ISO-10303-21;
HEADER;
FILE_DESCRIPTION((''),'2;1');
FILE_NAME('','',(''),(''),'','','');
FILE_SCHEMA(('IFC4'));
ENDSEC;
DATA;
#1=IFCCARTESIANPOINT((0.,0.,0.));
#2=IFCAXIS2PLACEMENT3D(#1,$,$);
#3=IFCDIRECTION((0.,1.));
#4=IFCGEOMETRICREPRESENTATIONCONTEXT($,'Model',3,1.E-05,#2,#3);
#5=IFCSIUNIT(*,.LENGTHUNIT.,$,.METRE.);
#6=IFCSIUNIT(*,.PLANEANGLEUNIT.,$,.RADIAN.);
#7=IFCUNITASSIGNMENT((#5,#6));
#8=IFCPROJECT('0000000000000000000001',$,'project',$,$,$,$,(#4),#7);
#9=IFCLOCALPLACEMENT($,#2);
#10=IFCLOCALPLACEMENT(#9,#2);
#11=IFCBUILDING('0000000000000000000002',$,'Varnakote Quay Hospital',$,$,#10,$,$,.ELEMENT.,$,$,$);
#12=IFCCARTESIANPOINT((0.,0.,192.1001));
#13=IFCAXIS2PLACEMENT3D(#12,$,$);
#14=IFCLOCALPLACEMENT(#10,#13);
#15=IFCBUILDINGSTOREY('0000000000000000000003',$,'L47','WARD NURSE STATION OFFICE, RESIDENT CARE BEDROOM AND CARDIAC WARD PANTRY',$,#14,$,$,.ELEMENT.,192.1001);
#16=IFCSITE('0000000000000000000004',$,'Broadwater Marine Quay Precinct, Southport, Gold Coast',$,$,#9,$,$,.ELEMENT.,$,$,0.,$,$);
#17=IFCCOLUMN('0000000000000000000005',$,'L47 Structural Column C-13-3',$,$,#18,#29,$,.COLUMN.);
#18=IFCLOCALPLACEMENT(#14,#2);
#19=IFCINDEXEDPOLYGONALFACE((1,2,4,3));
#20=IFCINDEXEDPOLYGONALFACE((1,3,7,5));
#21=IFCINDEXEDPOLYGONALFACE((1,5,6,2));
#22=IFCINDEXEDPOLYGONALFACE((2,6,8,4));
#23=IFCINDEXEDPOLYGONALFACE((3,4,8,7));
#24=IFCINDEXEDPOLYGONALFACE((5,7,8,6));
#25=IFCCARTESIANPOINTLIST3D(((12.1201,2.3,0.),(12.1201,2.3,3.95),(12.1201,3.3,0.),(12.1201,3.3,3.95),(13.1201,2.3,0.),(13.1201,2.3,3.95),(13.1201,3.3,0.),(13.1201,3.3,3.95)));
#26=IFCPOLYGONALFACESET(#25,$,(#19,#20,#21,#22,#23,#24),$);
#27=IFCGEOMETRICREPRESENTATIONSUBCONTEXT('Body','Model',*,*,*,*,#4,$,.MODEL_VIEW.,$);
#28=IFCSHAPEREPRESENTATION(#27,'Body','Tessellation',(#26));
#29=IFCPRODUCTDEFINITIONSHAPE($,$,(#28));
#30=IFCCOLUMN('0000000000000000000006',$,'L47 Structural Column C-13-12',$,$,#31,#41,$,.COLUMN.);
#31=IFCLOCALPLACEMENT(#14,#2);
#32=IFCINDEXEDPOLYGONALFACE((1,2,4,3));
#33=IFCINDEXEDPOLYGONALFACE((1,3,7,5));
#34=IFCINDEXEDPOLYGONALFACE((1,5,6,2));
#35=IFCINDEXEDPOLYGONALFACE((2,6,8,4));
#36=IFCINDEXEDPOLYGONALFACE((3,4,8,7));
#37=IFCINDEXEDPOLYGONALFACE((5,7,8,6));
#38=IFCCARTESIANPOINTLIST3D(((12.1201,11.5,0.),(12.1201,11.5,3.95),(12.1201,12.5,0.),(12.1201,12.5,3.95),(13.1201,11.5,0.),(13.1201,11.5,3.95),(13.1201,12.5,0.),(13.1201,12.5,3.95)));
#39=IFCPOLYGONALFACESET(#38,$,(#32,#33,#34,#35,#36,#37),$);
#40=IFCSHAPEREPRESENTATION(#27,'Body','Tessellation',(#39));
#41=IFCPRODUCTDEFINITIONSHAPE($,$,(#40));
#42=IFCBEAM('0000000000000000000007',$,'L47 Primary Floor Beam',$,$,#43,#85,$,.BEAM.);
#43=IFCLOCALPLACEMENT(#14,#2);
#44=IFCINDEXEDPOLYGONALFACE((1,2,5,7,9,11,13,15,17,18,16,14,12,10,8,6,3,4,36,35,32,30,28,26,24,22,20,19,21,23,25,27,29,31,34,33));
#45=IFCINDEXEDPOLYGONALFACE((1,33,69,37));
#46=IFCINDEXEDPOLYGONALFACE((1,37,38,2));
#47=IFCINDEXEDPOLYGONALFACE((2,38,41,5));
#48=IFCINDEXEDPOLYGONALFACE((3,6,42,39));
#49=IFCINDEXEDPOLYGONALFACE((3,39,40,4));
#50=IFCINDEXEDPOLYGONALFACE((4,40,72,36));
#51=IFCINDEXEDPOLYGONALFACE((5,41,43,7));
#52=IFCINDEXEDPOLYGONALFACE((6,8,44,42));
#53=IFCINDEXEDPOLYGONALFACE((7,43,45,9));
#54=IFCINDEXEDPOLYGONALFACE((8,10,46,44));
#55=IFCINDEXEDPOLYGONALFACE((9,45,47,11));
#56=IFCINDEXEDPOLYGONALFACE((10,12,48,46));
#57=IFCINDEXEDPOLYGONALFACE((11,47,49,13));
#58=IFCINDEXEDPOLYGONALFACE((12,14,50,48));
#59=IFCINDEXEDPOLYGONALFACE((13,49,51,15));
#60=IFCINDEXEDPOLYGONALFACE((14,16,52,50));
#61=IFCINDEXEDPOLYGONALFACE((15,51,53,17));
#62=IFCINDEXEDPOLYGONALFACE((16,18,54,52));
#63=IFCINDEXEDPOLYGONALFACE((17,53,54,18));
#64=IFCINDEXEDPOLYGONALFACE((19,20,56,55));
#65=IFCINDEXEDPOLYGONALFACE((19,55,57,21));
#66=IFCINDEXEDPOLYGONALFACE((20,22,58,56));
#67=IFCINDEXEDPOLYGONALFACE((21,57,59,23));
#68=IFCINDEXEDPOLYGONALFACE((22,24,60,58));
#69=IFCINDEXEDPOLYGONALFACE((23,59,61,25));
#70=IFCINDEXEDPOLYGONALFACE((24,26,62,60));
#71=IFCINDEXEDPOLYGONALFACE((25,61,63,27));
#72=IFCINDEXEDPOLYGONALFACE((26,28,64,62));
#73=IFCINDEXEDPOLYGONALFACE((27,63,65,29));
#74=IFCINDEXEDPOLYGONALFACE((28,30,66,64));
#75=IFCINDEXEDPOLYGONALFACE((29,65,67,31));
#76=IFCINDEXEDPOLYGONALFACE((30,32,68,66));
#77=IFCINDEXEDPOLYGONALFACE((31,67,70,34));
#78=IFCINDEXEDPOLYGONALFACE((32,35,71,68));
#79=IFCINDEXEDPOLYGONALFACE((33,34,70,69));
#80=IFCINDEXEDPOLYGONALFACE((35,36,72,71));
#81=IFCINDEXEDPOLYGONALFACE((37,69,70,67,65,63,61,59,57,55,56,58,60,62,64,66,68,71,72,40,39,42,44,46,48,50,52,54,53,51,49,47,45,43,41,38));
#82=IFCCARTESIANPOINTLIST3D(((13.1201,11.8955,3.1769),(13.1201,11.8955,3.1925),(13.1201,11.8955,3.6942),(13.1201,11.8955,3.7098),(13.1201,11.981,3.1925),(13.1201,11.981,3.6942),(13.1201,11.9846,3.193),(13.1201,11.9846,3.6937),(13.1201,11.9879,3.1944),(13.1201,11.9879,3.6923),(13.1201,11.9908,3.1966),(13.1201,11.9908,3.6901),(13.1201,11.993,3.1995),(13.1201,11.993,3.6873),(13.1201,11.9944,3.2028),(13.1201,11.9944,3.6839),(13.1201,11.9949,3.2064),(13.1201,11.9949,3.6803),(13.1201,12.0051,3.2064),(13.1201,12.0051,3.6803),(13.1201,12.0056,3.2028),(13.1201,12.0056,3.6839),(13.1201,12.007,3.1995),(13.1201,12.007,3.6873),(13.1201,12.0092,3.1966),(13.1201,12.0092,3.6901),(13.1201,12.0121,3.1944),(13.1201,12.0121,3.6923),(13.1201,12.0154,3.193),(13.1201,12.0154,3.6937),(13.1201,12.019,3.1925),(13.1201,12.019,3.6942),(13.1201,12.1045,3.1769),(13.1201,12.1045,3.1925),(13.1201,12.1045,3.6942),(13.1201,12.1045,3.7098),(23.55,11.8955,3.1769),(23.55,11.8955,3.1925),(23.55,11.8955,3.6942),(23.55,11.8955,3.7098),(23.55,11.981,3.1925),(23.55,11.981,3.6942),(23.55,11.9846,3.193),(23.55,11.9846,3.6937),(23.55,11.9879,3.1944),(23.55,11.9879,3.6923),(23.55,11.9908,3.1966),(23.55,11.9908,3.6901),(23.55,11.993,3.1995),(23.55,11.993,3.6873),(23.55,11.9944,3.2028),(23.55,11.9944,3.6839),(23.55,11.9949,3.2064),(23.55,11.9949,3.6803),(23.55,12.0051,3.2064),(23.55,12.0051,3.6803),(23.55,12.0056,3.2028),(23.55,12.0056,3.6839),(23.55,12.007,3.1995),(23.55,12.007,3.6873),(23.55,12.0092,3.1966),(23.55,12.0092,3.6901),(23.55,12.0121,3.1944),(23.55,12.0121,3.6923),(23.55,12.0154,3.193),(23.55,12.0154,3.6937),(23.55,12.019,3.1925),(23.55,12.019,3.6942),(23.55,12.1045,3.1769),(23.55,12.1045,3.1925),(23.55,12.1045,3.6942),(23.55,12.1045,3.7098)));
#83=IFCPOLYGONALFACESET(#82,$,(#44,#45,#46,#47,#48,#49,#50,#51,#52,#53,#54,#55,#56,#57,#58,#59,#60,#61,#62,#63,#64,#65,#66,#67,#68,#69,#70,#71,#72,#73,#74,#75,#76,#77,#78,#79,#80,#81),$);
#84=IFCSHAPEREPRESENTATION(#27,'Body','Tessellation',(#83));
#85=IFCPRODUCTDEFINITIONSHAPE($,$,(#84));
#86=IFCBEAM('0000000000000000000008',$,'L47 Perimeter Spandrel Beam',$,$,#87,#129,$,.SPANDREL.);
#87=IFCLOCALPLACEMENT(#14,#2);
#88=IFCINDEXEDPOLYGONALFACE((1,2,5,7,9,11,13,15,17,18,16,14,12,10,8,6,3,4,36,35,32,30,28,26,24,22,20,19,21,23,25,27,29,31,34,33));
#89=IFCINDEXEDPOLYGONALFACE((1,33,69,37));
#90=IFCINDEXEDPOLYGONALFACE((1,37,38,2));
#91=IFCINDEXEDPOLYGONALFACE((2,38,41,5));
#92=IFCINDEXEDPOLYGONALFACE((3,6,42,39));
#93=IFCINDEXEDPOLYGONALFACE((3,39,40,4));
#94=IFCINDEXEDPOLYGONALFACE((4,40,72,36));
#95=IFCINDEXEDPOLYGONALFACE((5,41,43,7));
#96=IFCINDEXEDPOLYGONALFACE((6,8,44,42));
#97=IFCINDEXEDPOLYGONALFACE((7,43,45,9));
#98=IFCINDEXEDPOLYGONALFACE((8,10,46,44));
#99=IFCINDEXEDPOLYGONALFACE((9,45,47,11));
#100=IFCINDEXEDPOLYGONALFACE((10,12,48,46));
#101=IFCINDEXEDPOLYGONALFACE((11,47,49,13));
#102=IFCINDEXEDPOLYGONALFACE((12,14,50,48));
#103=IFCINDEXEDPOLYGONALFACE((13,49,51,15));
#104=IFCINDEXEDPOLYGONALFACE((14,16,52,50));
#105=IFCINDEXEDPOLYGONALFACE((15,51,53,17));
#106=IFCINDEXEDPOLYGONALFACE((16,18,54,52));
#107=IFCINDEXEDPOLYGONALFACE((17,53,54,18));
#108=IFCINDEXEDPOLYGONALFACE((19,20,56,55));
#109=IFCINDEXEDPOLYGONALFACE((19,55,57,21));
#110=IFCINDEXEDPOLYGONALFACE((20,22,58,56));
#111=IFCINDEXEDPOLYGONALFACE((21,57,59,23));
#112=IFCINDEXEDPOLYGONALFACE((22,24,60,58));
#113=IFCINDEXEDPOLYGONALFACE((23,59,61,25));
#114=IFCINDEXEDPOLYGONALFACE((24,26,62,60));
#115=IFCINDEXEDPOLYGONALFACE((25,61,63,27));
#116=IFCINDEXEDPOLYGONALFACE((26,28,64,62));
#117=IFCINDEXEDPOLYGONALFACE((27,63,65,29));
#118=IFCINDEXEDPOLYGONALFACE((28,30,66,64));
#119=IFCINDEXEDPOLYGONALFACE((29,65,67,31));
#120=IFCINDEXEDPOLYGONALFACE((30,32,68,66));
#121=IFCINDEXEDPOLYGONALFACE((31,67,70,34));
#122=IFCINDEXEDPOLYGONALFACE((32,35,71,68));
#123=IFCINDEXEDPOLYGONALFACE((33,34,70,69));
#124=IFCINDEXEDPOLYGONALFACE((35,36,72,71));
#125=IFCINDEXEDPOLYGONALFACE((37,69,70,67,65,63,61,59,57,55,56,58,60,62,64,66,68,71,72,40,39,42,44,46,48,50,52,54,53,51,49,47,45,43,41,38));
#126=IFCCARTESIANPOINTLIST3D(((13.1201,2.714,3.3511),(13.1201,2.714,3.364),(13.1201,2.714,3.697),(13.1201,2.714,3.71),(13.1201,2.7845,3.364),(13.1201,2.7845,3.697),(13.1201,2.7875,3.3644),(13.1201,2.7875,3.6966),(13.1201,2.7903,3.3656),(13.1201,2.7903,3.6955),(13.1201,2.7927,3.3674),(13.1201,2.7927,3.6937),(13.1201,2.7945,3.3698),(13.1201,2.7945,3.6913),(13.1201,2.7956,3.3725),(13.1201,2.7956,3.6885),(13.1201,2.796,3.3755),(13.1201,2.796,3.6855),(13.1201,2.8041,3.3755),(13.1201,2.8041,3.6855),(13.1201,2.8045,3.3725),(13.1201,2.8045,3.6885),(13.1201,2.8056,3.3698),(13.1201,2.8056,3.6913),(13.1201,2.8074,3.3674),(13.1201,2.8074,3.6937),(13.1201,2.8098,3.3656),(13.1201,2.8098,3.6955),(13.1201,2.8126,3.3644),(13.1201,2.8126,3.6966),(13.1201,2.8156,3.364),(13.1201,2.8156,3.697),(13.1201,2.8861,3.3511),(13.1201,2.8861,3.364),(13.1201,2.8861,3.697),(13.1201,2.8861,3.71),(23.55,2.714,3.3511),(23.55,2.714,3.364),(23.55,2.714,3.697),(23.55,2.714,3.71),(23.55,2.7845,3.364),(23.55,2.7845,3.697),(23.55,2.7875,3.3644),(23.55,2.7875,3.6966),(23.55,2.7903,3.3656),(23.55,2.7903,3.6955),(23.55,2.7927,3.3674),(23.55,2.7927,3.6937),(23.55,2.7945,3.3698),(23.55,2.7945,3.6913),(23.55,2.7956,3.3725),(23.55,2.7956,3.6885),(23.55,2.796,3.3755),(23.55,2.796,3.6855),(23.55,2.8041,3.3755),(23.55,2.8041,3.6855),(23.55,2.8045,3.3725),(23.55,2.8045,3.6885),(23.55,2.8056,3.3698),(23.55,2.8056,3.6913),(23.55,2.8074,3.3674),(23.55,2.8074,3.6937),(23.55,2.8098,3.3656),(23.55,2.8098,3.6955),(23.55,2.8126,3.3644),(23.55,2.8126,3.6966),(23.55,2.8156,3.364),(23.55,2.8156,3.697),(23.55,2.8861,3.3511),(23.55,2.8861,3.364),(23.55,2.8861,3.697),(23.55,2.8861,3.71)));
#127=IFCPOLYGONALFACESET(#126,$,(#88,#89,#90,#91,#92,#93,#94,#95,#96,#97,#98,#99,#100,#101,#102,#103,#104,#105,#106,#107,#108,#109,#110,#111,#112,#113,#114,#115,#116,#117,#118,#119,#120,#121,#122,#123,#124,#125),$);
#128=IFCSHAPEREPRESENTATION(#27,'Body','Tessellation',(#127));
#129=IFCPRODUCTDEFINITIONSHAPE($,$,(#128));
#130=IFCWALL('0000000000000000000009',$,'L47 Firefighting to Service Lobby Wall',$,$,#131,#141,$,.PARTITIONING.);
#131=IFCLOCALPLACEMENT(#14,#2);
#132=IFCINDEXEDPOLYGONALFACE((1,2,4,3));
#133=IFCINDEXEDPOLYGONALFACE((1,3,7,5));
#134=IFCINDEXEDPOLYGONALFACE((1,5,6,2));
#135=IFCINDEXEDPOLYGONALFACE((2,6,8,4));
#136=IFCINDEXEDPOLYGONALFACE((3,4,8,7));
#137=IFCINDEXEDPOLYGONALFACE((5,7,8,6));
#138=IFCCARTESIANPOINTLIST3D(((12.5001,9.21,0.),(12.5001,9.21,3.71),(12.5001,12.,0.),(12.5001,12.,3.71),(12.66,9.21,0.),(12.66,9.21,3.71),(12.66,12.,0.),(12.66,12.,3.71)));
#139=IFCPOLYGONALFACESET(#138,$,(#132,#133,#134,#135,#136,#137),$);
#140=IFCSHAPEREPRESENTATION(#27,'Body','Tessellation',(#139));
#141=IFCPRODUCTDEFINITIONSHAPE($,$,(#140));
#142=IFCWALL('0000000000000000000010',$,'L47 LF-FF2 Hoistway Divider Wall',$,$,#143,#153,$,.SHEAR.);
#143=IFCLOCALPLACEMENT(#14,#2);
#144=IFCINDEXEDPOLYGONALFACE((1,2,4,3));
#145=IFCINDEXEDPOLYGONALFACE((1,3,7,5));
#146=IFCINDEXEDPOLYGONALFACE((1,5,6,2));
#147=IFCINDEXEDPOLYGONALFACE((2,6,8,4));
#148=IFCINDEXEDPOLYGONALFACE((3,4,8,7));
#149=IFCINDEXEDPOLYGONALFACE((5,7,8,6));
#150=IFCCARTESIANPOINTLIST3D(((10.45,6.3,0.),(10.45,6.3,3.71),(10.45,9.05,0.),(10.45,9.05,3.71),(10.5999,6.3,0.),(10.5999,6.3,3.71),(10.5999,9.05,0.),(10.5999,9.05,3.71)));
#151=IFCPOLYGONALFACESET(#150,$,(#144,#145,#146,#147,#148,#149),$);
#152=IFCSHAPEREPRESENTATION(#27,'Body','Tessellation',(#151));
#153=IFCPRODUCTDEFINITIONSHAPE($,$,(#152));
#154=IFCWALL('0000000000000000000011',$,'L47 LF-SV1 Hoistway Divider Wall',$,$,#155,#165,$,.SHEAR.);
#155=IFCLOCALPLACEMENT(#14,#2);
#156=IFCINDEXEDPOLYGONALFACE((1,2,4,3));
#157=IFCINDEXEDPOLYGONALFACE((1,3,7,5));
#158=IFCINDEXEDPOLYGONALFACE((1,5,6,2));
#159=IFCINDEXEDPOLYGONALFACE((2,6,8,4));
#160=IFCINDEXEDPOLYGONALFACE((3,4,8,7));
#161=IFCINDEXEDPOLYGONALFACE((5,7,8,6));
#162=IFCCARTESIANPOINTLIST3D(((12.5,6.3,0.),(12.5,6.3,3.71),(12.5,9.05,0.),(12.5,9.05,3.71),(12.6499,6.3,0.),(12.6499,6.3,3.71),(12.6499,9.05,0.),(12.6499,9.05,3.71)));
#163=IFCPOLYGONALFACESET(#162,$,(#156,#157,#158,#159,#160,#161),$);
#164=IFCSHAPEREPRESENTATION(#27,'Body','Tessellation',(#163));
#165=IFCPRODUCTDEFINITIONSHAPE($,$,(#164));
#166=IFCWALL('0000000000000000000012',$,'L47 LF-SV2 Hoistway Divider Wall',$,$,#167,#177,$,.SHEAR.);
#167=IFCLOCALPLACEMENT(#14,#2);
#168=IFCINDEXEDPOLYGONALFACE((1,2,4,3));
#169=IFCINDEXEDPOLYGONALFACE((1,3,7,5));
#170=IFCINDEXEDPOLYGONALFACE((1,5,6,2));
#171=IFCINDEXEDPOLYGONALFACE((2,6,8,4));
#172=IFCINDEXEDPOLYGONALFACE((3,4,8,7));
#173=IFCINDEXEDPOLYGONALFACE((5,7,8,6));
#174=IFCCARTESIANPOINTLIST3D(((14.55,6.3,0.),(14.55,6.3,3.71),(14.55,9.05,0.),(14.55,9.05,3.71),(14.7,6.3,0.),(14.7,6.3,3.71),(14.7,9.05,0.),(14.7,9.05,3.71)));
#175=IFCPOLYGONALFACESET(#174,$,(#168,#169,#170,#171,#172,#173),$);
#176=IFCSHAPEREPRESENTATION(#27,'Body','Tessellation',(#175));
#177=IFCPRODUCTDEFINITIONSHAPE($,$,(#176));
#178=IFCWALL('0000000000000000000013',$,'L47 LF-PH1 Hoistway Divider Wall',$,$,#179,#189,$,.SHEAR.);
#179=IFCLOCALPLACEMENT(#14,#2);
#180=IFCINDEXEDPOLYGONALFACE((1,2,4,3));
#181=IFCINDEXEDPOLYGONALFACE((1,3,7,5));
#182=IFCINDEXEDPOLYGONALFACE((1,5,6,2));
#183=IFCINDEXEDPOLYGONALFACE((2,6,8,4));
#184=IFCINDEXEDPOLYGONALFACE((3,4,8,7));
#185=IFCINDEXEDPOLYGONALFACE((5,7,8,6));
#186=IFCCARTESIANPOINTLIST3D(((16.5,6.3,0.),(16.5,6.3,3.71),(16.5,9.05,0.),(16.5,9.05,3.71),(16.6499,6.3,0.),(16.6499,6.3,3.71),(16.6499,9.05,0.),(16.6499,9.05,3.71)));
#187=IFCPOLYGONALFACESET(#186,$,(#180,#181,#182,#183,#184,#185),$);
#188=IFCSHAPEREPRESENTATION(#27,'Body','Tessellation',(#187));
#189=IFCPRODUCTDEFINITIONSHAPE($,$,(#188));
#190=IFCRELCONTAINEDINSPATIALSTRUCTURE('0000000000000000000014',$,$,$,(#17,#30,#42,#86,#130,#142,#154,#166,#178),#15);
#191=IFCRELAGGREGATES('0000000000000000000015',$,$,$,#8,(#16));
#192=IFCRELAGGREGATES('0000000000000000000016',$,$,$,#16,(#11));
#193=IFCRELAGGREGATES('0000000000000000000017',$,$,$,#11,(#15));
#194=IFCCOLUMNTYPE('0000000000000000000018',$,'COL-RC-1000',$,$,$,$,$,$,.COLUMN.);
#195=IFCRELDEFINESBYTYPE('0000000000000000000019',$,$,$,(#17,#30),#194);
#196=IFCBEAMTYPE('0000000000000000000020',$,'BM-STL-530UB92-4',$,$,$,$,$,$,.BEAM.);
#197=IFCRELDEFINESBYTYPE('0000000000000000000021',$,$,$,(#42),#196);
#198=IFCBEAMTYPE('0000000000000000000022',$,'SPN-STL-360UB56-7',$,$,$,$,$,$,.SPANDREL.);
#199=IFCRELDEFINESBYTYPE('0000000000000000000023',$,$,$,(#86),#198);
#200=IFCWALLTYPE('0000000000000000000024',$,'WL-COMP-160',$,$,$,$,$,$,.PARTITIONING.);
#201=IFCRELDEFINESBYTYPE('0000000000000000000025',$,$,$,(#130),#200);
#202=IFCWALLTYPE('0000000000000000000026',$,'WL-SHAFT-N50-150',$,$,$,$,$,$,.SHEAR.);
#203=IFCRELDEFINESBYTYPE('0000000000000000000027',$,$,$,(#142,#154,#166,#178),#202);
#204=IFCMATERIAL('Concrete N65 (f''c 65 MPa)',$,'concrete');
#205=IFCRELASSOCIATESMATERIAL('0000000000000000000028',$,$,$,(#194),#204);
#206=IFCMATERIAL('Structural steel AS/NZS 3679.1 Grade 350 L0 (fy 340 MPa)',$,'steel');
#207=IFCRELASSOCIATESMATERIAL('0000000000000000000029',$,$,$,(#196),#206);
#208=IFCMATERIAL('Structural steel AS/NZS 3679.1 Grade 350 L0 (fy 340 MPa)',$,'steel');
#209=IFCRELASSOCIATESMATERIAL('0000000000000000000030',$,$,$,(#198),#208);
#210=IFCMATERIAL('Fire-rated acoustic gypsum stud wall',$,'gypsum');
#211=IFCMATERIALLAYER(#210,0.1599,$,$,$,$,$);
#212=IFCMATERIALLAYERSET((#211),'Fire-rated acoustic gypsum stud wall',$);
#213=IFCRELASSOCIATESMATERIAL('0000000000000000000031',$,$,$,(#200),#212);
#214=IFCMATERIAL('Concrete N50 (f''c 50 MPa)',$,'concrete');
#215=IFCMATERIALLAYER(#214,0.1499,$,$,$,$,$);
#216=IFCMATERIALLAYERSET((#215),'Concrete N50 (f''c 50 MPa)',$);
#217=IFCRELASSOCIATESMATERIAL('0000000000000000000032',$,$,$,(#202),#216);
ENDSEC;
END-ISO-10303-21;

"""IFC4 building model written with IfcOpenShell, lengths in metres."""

from ifc_helpers import new_model, si_unit, direction, frame, frame_2d, origin, origin_2d, place, context, subcontext, project, spatial, rectangle, i_section, extrude, material, layer, layer_set, material_profile, profile_set, type_object, element, save


model = new_model("IFC4")

# Units and contexts
model_context = context("Model", 3, precision=1e-05, world=origin(), true_north=direction((0.0, 1.0)))
body_context = subcontext(model_context, "Body", "Model", "MODEL_VIEW")
ifc_project = project(units=[si_unit("LENGTHUNIT", "METRE"), si_unit("PLANEANGLEUNIT", "RADIAN")], contexts=[model_context])

# Site, building, storey
site_placement = place(None, origin())
site = spatial("IfcSite", under=ifc_project, at=site_placement, Name="Broadwater Marine Quay Precinct, Southport, Gold Coast", CompositionType="ELEMENT", RefElevation=0.0)
building_placement = place(site_placement, origin())
building = spatial("IfcBuilding", under=site, at=building_placement, Name="Varnakote Quay Hospital", CompositionType="ELEMENT")
storey_placement = place(building_placement, frame((0.0, 0.0, 192.1001)))
storey = spatial("IfcBuildingStorey", under=building, at=storey_placement, Name="L47", Description="WARD NURSE STATION OFFICE, RESIDENT CARE BEDROOM AND CARDIAC WARD PANTRY", CompositionType="ELEMENT", Elevation=192.1001)

# Columns
ifc_material_1 = material(Name="Concrete N65 (f'c 65 MPa)", Category="concrete")
ifc_material_profile_1 = material_profile(ifc_material_1, rectangle(XDim=1.0, YDim=1.0, at=origin_2d()), Name="RC-COL-1000x1000")
ifc_profile_set_1 = profile_set([ifc_material_profile_1], Name="Concrete N65 (f'c 65 MPa)")
column_type = type_object("IfcColumnType", Name="COL-RC-1000", PredefinedType="COLUMN", material=ifc_profile_set_1)
for number, where, z_axis, x_axis, name in (
    (1, (12.6201, 2.8, 0.0), (0.0, 0.0, 1.0), (1.0, 0.0, 0.0), "L47 Structural Column C-13-3"),
    (2, (12.6201, 12.0, 0.0), (0.0, 0.0, 1.0), (1.0, 0.0, 0.0), "L47 Structural Column C-13-12"),
):
    element("IfcColumn", number, at=place(storey_placement, frame(where, z_axis=z_axis, x_axis=x_axis)), inside=storey, type_object=column_type, Name=name, PredefinedType="COLUMN", context=body_context, shape_type="SweptSolid", body=[
        extrude(rectangle(XDim=1.0, YDim=1.0, at=origin_2d()), origin(), (0.0, 0.0, 1.0), 3.95),
    ])

# Beams
ifc_material_2 = material(Name="Structural steel AS/NZS 3679.1 Grade 350 L0 (fy 340 MPa)", Category="steel")
ifc_material_profile_2 = material_profile(ifc_material_2, i_section(OverallWidth=0.209, OverallDepth=0.533, WebThickness=0.0103, FlangeThickness=0.0156, FilletRadius=0.0139, at=origin_2d()), Name="530UB92.4")
ifc_profile_set_2 = profile_set([ifc_material_profile_2], Name="Structural steel AS/NZS 3679.1 Grade 350 L0 (fy 340 MPa)")
beam_type_1 = type_object("IfcBeamType", Name="BM-STL-530UB92-4", PredefinedType="BEAM", material=ifc_profile_set_2)
beam_1_placement = place(storey_placement, frame((13.1201, 12.0, 3.4434), z_axis=(1.0, 0.0, 0.0), x_axis=(0.0, 1.0, 0.0)))
element("IfcBeam", 3, at=beam_1_placement, inside=storey, type_object=beam_type_1, Name="L47 Primary Floor Beam", PredefinedType="BEAM", context=body_context, shape_type="SweptSolid", body=[
    extrude(i_section(OverallWidth=0.209, OverallDepth=0.533, WebThickness=0.0103, FlangeThickness=0.0156, FilletRadius=0.0139, at=origin_2d()), origin(), (0.0, 0.0, 1.0), 10.4299),
])
ifc_material_3 = material(Name="Structural steel AS/NZS 3679.1 Grade 350 L0 (fy 340 MPa)", Category="steel")
ifc_material_profile_3 = material_profile(ifc_material_3, i_section(OverallWidth=0.1721, OverallDepth=0.3589, WebThickness=0.0081, FlangeThickness=0.0129, FilletRadius=0.0115, at=origin_2d()), Name="360UB56.7")
ifc_profile_set_3 = profile_set([ifc_material_profile_3], Name="Structural steel AS/NZS 3679.1 Grade 350 L0 (fy 340 MPa)")
beam_type_2 = type_object("IfcBeamType", Name="SPN-STL-360UB56-7", PredefinedType="SPANDREL", material=ifc_profile_set_3)
beam_2_placement = place(storey_placement, frame((13.1201, 2.8, 3.5305), z_axis=(1.0, 0.0, 0.0), x_axis=(0.0, 1.0, 0.0)))
element("IfcBeam", 4, at=beam_2_placement, inside=storey, type_object=beam_type_2, Name="L47 Perimeter Spandrel Beam", PredefinedType="SPANDREL", context=body_context, shape_type="SweptSolid", body=[
    extrude(i_section(OverallWidth=0.1721, OverallDepth=0.3589, WebThickness=0.0081, FlangeThickness=0.0129, FilletRadius=0.0115, at=origin_2d()), origin(), (0.0, 0.0, 1.0), 10.4299),
])

# Walls
ifc_material_4 = material(Name="Fire-rated acoustic gypsum stud wall", Category="gypsum")
ifc_layer_1 = layer(ifc_material_4, 0.1599)
ifc_layer_set_1 = layer_set([ifc_layer_1], Name="Fire-rated acoustic gypsum stud wall")
wall_type_1 = type_object("IfcWallType", Name="WL-COMP-160", PredefinedType="PARTITIONING", material=ifc_layer_set_1)
wall_1_placement = place(storey_placement, frame((12.5801, 9.21, 0.0), z_axis=(0.0, 0.0, 1.0), x_axis=(0.0, 1.0, 0.0)))
element("IfcWall", 5, at=wall_1_placement, inside=storey, type_object=wall_type_1, Name="L47 Firefighting to Service Lobby Wall", PredefinedType="PARTITIONING", context=body_context, shape_type="SweptSolid", body=[
    extrude(rectangle(XDim=2.79, YDim=0.1599, at=frame_2d((1.395, 0.0))), origin(), (0.0, 0.0, 1.0), 3.71),
])
ifc_material_5 = material(Name="Concrete N50 (f'c 50 MPa)", Category="concrete")
ifc_layer_2 = layer(ifc_material_5, 0.1499)
ifc_layer_set_2 = layer_set([ifc_layer_2], Name="Concrete N50 (f'c 50 MPa)")
wall_type_2 = type_object("IfcWallType", Name="WL-SHAFT-N50-150", PredefinedType="SHEAR", material=ifc_layer_set_2)
for number, where, z_axis, x_axis, name in (
    (6, (10.5249, 6.3, 0.0), (0.0, 0.0, 1.0), (0.0, 1.0, 0.0), "L47 LF-FF2 Hoistway Divider Wall"),
    (7, (12.575, 6.3, 0.0), (0.0, 0.0, 1.0), (0.0, 1.0, 0.0), "L47 LF-SV1 Hoistway Divider Wall"),
    (8, (14.625, 6.3, 0.0), (0.0, 0.0, 1.0), (0.0, 1.0, 0.0), "L47 LF-SV2 Hoistway Divider Wall"),
    (9, (16.575, 6.3, 0.0), (0.0, 0.0, 1.0), (0.0, 1.0, 0.0), "L47 LF-PH1 Hoistway Divider Wall"),
):
    element("IfcWall", number, at=place(storey_placement, frame(where, z_axis=z_axis, x_axis=x_axis)), inside=storey, type_object=wall_type_2, Name=name, PredefinedType="SHEAR", context=body_context, shape_type="SweptSolid", body=[
        extrude(rectangle(XDim=2.75, YDim=0.1499, at=frame_2d((1.375, 0.0))), origin(), (0.0, 0.0, 1.0), 3.71),
    ])

save(model, "model.ifc")
